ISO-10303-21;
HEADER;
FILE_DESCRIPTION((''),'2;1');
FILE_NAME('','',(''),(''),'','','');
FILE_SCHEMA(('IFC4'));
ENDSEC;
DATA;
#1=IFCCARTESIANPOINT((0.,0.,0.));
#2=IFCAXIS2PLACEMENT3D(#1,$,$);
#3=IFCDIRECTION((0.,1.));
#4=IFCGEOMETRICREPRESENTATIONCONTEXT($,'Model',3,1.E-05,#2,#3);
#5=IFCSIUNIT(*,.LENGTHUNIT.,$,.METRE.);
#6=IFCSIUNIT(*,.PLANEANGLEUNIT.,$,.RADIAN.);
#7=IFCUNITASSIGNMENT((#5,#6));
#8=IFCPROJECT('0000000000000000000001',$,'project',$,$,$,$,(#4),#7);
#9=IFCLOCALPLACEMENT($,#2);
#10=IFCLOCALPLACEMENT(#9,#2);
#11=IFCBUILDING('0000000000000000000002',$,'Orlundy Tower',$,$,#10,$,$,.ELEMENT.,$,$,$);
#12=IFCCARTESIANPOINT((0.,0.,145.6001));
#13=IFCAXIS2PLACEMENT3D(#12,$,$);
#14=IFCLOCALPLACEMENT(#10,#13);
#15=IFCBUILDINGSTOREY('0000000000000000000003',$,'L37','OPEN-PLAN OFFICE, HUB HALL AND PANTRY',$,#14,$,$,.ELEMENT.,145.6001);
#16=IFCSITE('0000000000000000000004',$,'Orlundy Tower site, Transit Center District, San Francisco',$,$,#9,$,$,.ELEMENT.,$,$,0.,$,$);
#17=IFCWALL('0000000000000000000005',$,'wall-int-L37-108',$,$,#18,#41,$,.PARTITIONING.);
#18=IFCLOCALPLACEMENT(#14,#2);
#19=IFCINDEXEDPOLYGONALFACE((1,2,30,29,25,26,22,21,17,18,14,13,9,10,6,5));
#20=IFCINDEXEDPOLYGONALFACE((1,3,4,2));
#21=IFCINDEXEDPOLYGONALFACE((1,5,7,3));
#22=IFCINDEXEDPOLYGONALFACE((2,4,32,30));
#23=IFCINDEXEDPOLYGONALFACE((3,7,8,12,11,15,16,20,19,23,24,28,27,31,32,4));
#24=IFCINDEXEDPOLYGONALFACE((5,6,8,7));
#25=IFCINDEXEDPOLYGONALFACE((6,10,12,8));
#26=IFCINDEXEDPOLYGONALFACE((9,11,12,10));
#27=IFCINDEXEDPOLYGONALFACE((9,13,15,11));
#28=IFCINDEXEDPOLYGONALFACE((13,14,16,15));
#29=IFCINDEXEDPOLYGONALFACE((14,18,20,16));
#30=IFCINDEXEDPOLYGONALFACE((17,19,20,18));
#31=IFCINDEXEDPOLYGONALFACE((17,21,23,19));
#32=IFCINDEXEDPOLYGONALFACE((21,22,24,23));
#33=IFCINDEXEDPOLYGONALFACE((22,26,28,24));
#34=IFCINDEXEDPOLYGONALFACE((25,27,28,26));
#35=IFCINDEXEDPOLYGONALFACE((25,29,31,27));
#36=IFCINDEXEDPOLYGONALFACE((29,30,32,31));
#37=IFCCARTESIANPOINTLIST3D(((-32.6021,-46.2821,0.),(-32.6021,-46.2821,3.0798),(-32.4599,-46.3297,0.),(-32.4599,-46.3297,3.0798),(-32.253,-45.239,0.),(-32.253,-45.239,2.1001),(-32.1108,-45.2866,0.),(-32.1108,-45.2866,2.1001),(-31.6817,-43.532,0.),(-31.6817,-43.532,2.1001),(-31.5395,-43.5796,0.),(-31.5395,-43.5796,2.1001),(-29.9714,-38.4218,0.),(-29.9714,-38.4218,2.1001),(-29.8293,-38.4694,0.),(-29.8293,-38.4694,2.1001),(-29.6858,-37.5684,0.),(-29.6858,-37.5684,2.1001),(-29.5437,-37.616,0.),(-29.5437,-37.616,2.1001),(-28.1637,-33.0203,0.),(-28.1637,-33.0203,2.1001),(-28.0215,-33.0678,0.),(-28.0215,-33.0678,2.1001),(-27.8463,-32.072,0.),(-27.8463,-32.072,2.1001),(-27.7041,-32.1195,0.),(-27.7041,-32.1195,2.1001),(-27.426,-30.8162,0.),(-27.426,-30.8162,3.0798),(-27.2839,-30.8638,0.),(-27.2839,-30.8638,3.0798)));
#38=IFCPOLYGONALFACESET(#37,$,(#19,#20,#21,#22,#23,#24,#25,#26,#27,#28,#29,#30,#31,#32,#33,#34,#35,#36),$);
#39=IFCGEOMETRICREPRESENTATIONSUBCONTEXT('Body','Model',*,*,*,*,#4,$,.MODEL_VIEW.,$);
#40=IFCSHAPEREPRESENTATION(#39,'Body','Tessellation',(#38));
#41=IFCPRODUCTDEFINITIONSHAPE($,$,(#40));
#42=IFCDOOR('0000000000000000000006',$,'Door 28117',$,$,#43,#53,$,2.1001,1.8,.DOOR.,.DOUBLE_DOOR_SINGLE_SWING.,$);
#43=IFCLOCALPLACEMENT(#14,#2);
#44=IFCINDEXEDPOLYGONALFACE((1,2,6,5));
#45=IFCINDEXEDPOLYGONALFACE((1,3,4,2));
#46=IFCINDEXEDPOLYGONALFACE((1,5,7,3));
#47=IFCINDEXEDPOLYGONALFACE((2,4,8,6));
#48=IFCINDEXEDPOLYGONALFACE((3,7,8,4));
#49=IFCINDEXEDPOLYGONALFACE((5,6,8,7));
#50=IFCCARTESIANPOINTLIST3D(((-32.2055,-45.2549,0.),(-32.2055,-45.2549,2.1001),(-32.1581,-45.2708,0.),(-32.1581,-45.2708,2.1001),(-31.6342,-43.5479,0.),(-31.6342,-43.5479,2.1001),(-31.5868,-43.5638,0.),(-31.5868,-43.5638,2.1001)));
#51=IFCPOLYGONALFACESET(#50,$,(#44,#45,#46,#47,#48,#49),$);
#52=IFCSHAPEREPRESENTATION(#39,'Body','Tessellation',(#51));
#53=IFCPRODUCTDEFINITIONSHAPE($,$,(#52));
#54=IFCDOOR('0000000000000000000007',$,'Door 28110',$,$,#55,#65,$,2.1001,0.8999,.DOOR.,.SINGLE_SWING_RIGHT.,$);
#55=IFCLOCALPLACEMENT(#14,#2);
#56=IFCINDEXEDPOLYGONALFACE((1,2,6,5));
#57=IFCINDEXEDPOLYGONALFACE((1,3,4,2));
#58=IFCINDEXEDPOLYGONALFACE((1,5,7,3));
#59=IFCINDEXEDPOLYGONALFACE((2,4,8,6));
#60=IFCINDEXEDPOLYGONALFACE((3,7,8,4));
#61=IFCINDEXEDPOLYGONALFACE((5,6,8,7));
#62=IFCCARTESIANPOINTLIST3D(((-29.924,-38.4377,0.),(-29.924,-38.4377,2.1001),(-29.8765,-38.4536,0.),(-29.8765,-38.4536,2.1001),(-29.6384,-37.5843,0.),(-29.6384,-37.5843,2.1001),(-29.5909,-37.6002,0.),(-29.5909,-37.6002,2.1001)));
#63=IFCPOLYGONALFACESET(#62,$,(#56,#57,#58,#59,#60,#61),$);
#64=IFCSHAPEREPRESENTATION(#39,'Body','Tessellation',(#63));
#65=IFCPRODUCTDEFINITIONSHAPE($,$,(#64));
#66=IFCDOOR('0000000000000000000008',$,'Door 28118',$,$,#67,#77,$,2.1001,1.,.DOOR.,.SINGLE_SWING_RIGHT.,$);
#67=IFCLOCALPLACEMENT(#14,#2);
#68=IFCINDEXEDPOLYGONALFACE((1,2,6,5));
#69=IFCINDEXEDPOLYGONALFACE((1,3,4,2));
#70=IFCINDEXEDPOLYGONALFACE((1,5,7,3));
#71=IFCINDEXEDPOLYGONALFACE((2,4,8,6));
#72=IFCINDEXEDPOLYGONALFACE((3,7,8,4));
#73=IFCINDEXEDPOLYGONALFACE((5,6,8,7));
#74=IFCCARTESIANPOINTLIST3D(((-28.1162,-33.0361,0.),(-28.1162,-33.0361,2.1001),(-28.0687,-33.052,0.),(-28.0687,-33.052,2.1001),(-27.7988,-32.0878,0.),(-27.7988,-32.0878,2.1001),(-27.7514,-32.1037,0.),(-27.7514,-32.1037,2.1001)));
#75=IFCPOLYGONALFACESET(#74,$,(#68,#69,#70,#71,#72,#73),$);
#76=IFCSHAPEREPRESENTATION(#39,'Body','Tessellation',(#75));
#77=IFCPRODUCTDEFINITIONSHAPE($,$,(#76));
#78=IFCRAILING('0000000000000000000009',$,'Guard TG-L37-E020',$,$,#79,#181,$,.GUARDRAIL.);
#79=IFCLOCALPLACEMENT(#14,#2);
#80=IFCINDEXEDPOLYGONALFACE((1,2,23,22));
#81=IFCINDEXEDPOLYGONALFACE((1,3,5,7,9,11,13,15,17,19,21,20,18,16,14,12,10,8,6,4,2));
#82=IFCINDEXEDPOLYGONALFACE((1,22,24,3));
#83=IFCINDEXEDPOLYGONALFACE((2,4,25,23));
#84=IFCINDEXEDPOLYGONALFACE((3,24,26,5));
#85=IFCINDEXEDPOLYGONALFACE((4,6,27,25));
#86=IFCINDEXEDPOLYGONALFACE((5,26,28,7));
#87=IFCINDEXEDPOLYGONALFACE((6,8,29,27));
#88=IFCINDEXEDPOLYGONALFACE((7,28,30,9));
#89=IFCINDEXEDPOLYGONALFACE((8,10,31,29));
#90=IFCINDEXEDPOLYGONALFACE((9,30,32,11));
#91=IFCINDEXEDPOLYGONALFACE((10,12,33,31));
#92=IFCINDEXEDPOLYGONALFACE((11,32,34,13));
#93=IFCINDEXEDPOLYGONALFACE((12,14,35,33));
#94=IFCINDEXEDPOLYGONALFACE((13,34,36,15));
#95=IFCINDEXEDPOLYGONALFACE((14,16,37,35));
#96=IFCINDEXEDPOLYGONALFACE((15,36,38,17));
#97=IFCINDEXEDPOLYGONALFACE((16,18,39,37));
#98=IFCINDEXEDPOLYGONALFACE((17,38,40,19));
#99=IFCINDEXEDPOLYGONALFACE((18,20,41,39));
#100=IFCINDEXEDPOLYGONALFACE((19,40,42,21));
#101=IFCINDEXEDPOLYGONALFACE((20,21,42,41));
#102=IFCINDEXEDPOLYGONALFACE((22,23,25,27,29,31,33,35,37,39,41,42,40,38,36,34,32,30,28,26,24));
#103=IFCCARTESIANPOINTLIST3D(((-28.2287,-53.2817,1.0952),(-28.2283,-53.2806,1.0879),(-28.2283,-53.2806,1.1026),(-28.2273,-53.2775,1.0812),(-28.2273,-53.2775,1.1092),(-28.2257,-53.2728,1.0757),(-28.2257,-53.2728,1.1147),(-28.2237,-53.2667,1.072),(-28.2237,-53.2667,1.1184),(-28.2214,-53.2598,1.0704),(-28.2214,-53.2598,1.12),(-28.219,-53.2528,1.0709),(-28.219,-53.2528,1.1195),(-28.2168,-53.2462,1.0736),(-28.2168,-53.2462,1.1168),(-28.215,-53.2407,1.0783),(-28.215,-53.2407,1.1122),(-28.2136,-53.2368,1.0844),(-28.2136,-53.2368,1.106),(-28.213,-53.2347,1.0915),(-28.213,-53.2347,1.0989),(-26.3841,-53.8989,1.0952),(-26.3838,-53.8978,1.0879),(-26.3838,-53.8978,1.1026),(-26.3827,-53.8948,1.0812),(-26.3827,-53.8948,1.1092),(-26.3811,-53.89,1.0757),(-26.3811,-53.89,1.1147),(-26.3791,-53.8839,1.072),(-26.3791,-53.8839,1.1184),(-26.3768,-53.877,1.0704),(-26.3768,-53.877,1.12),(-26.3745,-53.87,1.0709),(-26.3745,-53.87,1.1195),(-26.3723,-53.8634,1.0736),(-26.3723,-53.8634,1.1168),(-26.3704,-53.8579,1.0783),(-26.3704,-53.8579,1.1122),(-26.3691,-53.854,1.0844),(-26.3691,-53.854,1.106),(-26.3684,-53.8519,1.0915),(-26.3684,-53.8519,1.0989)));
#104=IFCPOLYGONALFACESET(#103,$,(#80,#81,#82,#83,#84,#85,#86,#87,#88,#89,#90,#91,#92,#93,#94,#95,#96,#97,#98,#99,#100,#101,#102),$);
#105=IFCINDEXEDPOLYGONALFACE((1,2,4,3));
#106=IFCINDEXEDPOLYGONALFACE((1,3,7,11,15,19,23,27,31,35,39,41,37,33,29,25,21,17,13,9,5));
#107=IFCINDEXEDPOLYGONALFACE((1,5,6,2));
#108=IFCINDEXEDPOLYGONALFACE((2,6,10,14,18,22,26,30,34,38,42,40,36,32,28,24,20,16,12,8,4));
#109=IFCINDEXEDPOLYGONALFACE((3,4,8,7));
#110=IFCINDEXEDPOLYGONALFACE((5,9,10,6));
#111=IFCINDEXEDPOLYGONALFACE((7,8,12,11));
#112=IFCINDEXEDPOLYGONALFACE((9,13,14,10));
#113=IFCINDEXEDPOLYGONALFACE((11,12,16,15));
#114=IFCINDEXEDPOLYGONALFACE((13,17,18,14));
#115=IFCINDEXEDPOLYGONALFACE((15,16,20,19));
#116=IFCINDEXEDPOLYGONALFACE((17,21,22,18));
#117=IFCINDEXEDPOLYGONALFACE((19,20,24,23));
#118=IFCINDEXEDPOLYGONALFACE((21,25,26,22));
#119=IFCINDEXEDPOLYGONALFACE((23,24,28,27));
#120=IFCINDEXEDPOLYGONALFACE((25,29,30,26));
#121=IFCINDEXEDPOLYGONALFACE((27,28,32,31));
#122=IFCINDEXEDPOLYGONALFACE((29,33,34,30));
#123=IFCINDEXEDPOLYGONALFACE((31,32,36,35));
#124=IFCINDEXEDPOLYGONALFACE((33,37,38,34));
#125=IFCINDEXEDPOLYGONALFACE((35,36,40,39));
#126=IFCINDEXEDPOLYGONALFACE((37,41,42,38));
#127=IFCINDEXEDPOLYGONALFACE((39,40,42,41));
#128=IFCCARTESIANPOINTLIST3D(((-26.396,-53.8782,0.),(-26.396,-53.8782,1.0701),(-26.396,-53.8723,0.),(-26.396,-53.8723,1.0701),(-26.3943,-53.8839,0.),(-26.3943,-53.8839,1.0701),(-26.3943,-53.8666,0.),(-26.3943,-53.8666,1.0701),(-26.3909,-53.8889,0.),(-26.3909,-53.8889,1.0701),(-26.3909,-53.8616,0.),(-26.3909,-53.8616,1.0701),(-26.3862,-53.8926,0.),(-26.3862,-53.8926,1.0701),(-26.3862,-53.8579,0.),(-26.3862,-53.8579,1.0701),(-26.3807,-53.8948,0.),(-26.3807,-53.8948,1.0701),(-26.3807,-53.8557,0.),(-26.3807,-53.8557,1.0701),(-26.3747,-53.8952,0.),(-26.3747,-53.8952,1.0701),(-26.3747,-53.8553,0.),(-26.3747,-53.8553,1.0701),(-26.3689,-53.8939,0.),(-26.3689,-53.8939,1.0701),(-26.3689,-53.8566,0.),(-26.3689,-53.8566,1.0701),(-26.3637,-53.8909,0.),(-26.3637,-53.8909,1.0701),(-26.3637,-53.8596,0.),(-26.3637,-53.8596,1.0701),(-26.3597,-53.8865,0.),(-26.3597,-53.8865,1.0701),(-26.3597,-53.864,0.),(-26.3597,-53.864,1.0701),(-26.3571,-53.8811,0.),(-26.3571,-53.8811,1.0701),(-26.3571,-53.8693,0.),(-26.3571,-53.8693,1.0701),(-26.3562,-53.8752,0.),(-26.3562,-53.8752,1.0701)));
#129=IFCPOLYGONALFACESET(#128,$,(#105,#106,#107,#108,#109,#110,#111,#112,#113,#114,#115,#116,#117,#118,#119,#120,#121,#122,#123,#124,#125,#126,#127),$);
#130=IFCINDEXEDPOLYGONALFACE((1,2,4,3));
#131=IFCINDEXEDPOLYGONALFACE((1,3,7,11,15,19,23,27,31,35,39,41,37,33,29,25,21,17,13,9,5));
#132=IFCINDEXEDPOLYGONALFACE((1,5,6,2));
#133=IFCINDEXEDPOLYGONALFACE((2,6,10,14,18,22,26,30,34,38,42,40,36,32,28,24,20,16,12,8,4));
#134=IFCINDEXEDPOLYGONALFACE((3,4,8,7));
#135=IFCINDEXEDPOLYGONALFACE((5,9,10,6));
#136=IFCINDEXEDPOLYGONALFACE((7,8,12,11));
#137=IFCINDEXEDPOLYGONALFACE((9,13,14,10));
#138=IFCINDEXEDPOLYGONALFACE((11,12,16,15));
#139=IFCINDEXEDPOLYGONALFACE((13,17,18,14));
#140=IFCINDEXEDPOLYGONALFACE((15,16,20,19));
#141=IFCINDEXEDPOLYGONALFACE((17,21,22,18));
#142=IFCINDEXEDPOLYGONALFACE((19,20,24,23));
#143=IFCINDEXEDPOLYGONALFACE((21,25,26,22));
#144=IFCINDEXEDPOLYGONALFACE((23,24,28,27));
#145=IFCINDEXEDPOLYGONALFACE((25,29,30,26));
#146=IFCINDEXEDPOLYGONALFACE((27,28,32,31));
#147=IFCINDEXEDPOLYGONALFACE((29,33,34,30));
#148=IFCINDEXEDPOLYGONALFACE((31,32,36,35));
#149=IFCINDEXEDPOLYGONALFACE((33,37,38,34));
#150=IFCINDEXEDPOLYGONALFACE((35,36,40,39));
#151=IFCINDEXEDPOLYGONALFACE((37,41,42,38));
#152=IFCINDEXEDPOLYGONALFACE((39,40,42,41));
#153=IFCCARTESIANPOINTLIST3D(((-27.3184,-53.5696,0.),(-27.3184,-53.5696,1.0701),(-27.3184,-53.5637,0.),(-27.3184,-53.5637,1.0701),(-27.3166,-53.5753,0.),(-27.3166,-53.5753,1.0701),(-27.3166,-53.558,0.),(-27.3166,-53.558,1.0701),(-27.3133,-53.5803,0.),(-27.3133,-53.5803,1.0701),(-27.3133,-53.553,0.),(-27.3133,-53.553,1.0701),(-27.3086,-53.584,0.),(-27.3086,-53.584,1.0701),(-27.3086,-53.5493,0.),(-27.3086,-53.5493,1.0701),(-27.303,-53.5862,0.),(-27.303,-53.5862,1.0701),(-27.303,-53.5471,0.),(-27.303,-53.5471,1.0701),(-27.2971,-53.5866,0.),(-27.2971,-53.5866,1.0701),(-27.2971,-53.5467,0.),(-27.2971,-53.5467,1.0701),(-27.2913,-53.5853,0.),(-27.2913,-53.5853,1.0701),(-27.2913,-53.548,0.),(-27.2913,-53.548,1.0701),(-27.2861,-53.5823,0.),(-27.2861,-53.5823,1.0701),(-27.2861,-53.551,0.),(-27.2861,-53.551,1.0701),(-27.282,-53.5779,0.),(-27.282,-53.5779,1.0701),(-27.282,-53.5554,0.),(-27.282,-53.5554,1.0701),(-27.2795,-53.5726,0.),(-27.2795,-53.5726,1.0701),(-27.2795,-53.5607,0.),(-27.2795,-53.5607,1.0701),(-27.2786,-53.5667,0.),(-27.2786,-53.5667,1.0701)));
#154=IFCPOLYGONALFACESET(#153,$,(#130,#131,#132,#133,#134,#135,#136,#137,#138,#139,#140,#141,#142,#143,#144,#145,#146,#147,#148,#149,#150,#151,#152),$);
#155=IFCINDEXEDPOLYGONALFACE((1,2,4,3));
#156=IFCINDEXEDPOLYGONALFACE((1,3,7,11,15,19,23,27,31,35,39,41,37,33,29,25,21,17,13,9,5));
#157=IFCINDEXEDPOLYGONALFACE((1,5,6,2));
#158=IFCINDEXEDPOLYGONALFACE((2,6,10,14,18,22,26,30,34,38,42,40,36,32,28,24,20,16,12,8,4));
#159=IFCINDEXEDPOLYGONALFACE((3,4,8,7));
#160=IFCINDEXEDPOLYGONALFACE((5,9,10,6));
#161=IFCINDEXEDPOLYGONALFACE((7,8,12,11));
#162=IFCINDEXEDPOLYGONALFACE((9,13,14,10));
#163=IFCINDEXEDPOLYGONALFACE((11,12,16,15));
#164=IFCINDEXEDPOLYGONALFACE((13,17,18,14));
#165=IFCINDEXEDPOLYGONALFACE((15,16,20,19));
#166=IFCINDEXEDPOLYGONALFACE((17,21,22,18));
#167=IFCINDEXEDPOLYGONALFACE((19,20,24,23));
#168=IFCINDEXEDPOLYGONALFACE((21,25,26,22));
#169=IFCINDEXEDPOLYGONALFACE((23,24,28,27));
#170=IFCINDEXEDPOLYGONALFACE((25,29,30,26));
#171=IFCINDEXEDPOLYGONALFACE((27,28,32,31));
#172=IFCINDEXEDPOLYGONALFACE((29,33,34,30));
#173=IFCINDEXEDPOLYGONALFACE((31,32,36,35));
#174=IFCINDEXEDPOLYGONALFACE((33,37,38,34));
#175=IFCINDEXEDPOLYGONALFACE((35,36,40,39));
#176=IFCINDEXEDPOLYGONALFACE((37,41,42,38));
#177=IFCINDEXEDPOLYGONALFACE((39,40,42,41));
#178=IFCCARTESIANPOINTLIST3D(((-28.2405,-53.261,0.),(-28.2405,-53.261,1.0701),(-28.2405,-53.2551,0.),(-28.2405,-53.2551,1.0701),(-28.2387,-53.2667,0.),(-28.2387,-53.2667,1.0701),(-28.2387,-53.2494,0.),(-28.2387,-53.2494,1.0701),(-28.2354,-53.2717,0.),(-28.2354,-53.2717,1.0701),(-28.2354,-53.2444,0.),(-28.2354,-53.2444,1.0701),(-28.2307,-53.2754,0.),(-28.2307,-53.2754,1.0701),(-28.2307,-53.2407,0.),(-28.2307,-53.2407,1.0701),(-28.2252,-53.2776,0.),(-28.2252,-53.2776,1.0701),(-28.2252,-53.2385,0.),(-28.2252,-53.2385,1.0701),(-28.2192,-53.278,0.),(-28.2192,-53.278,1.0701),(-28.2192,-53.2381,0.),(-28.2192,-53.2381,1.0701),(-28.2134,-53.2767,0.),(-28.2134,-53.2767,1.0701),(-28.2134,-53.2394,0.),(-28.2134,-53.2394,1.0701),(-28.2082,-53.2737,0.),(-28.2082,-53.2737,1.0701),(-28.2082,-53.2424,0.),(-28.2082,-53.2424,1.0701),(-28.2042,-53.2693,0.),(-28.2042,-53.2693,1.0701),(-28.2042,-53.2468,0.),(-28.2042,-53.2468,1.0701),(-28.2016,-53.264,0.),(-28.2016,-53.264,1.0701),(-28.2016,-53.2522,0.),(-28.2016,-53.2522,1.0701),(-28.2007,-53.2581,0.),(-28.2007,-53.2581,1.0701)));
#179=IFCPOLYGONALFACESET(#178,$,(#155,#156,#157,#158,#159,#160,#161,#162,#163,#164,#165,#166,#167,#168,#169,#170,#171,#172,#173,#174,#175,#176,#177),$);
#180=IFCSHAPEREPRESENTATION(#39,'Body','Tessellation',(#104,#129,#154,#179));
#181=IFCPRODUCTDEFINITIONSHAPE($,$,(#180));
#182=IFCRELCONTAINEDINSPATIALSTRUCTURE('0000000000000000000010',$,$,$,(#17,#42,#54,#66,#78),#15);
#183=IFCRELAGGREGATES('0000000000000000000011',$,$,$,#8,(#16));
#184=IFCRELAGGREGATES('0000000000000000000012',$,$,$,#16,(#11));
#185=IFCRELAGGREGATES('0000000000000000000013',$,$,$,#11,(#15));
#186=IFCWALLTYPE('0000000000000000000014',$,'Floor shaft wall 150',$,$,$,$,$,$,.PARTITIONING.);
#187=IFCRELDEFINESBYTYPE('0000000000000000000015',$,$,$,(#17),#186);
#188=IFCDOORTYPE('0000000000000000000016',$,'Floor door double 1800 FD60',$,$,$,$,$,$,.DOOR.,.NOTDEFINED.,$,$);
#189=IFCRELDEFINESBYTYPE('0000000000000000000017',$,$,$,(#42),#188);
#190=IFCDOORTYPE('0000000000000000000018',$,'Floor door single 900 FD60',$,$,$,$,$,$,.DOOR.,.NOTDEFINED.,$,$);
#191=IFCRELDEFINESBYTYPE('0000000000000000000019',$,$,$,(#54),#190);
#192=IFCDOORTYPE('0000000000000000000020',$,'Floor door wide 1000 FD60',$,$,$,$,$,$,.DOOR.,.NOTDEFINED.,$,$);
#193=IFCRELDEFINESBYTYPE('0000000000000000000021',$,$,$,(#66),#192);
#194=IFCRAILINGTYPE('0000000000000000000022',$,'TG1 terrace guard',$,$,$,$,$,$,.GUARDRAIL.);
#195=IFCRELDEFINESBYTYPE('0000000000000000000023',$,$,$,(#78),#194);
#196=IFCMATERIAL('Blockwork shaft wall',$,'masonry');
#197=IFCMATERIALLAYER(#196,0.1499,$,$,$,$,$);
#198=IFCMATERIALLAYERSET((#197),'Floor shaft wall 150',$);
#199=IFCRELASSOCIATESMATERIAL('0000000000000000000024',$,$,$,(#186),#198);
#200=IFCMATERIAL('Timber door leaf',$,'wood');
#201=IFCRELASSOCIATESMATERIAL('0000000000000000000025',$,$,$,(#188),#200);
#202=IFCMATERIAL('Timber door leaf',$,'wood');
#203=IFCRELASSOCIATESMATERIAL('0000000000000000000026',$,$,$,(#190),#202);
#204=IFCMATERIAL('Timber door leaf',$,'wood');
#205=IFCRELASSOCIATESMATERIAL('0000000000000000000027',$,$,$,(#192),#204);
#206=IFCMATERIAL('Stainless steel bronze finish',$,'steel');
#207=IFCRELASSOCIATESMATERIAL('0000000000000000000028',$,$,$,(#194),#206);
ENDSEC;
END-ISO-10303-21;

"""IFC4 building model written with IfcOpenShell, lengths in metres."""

from ifc_helpers import new_model, si_unit, direction, frame, frame_2d, origin, origin_2d, place, context, subcontext, project, spatial, rectangle, circle, extrude, material, layer, layer_set, type_object, element, fill, save


model = new_model("IFC4")

# Units and contexts
model_context = context("Model", 3, precision=1e-05, world=origin(), true_north=direction((0.0, 1.0)))
body_context = subcontext(model_context, "Body", "Model", "MODEL_VIEW")
ifc_project = project(units=[si_unit("LENGTHUNIT", "METRE"), si_unit("PLANEANGLEUNIT", "RADIAN")], contexts=[model_context])

# Site, building, storey
site_placement = place(None, origin())
site = spatial("IfcSite", under=ifc_project, at=site_placement, Name="Orlundy Tower site, Transit Center District, San Francisco", CompositionType="ELEMENT", RefElevation=0.0)
building_placement = place(site_placement, origin())
building = spatial("IfcBuilding", under=site, at=building_placement, Name="Orlundy Tower", CompositionType="ELEMENT")
storey_placement = place(building_placement, frame((0.0, 0.0, 145.6001)))
storey = spatial("IfcBuildingStorey", under=building, at=storey_placement, Name="L37", Description="OPEN-PLAN OFFICE, HUB HALL AND PANTRY", CompositionType="ELEMENT", Elevation=145.6001)

# Shared definitions
ifc_material_1 = material(Name="Blockwork shaft wall", Category="masonry")
ifc_layer_1 = layer(ifc_material_1, 0.1499)
ifc_layer_set_1 = layer_set([ifc_layer_1], Name="Floor shaft wall 150")
wall_type_1 = type_object("IfcWallType", Name="Floor shaft wall 150", PredefinedType="PARTITIONING", material=ifc_layer_set_1)

# Wall, openings, doors
wall_1_placement = place(storey_placement, frame((-32.531, -46.3059, 0.0), z_axis=(0.0, 0.0, 1.0), x_axis=(0.317373, 0.948301, 0.0)))
wall_1 = element("IfcWall", 1, at=wall_1_placement, inside=storey, type_object=wall_type_1, Name="wall-int-L37-108", PredefinedType="PARTITIONING", context=body_context, shape_type="SweptSolid", body=[
    extrude(rectangle(XDim=16.3091, YDim=0.1499, at=frame_2d((8.1545, 0.0))), origin(), (0.0, 0.0, 1.0), 3.0798),
])
opening_1_placement = place(wall_1_placement, frame((8.2888, 0.0, 0.0)))
opening_1 = element("IfcOpeningElement", 2, at=opening_1_placement, cuts=wall_1, PredefinedType="OPENING", context=body_context, shape_type="SweptSolid", body=[
    extrude(rectangle(XDim=0.8999, YDim=2.1001, at=frame_2d((0.45, 1.05))), frame((0.0, 0.085, 0.0), z_axis=(0.0, -1.0, 0.0), x_axis=(1.0, 0.0, 0.0)), (0.0, 0.0, 1.0), 0.1699),
])
opening_2_placement = place(wall_1_placement, frame((1.1001, 0.0, 0.0)))
opening_2 = element("IfcOpeningElement", 3, at=opening_2_placement, cuts=wall_1, PredefinedType="OPENING", context=body_context, shape_type="SweptSolid", body=[
    extrude(rectangle(XDim=1.8, YDim=2.1001, at=frame_2d((0.8999, 1.05))), frame((0.0, 0.085, 0.0), z_axis=(0.0, -1.0, 0.0), x_axis=(1.0, 0.0, 0.0)), (0.0, 0.0, 1.0), 0.1699),
])
opening_3_placement = place(wall_1_placement, frame((13.9849, 0.0, 0.0)))
opening_3 = element("IfcOpeningElement", 4, at=opening_3_placement, cuts=wall_1, PredefinedType="OPENING", context=body_context, shape_type="SweptSolid", body=[
    extrude(rectangle(XDim=1.0, YDim=2.1001, at=frame_2d((0.5, 1.05))), frame((0.0, 0.085, 0.0), z_axis=(0.0, -1.0, 0.0), x_axis=(1.0, 0.0, 0.0)), (0.0, 0.0, 1.0), 0.1699),
])
ifc_material_2 = material(Name="Timber door leaf", Category="wood")
door_type_1 = type_object("IfcDoorType", Name="Floor door double 1800 FD60", OperationType="NOTDEFINED", PredefinedType="DOOR", material=ifc_material_2)
door_1_placement = place(opening_2_placement, origin())
door_1 = element("IfcDoor", 5, at=door_1_placement, inside=storey, type_object=door_type_1, Name="Door 28117", OperationType="DOUBLE_DOOR_SINGLE_SWING", OverallHeight=2.1001, OverallWidth=1.8, PredefinedType="DOOR", context=body_context, shape_type="SweptSolid", body=[
    extrude(rectangle(XDim=1.8, YDim=2.1001, at=frame_2d((0.8999, 1.05))), frame((0.0, 0.0249, 0.0), z_axis=(0.0, -1.0, 0.0), x_axis=(1.0, 0.0, 0.0)), (0.0, 0.0, 1.0), 0.05),
])
fill(opening_2, door_1)
ifc_material_3 = material(Name="Timber door leaf", Category="wood")
door_type_2 = type_object("IfcDoorType", Name="Floor door single 900 FD60", OperationType="NOTDEFINED", PredefinedType="DOOR", material=ifc_material_3)
door_2_placement = place(opening_1_placement, origin())
door_2 = element("IfcDoor", 6, at=door_2_placement, inside=storey, type_object=door_type_2, Name="Door 28110", OperationType="SINGLE_SWING_RIGHT", OverallHeight=2.1001, OverallWidth=0.8999, PredefinedType="DOOR", context=body_context, shape_type="SweptSolid", body=[
    extrude(rectangle(XDim=0.8999, YDim=2.1001, at=frame_2d((0.45, 1.05))), frame((0.0, 0.0249, 0.0), z_axis=(0.0, -1.0, 0.0), x_axis=(1.0, 0.0, 0.0)), (0.0, 0.0, 1.0), 0.05),
])
fill(opening_1, door_2)
ifc_material_4 = material(Name="Timber door leaf", Category="wood")
door_type_3 = type_object("IfcDoorType", Name="Floor door wide 1000 FD60", OperationType="NOTDEFINED", PredefinedType="DOOR", material=ifc_material_4)
door_3_placement = place(opening_3_placement, origin())
door_3 = element("IfcDoor", 7, at=door_3_placement, inside=storey, type_object=door_type_3, Name="Door 28118", OperationType="SINGLE_SWING_RIGHT", OverallHeight=2.1001, OverallWidth=1.0, PredefinedType="DOOR", context=body_context, shape_type="SweptSolid", body=[
    extrude(rectangle(XDim=1.0, YDim=2.1001, at=frame_2d((0.5, 1.05))), frame((0.0, 0.0249, 0.0), z_axis=(0.0, -1.0, 0.0), x_axis=(1.0, 0.0, 0.0)), (0.0, 0.0, 1.0), 0.05),
])
fill(opening_3, door_3)

# Railing
ifc_material_5 = material(Name="Stainless steel bronze finish", Category="steel")
railing_type = type_object("IfcRailingType", Name="TG1 terrace guard", PredefinedType="GUARDRAIL", material=ifc_material_5)
railing_1_placement = place(storey_placement, frame((-26.3762, -53.8752, 0.0)))
element("IfcRailing", 8, at=railing_1_placement, inside=storey, type_object=railing_type, Name="Guard TG-L37-E020", PredefinedType="GUARDRAIL", context=body_context, shape_type="SweptSolid", body=[
    extrude(circle(Radius=0.0249, at=origin_2d()), frame((0.0, 0.0, 1.0952), z_axis=(-0.948319, 0.31732, 0.0), x_axis=(-0.31732, -0.948319, 0.0)), (0.0, 0.0, 1.0), 1.9451),
    extrude(circle(Radius=0.02, at=origin_2d()), origin(), (0.0, 0.0, 1.0), 1.0701),
    extrude(circle(Radius=0.02, at=origin_2d()), frame((-0.9224, 0.3086, 0.0)), (0.0, 0.0, 1.0), 1.0701),
    extrude(circle(Radius=0.02, at=origin_2d()), frame((-1.8445, 0.6172, 0.0)), (0.0, 0.0, 1.0), 1.0701),
])

save(model, "model.ifc")
